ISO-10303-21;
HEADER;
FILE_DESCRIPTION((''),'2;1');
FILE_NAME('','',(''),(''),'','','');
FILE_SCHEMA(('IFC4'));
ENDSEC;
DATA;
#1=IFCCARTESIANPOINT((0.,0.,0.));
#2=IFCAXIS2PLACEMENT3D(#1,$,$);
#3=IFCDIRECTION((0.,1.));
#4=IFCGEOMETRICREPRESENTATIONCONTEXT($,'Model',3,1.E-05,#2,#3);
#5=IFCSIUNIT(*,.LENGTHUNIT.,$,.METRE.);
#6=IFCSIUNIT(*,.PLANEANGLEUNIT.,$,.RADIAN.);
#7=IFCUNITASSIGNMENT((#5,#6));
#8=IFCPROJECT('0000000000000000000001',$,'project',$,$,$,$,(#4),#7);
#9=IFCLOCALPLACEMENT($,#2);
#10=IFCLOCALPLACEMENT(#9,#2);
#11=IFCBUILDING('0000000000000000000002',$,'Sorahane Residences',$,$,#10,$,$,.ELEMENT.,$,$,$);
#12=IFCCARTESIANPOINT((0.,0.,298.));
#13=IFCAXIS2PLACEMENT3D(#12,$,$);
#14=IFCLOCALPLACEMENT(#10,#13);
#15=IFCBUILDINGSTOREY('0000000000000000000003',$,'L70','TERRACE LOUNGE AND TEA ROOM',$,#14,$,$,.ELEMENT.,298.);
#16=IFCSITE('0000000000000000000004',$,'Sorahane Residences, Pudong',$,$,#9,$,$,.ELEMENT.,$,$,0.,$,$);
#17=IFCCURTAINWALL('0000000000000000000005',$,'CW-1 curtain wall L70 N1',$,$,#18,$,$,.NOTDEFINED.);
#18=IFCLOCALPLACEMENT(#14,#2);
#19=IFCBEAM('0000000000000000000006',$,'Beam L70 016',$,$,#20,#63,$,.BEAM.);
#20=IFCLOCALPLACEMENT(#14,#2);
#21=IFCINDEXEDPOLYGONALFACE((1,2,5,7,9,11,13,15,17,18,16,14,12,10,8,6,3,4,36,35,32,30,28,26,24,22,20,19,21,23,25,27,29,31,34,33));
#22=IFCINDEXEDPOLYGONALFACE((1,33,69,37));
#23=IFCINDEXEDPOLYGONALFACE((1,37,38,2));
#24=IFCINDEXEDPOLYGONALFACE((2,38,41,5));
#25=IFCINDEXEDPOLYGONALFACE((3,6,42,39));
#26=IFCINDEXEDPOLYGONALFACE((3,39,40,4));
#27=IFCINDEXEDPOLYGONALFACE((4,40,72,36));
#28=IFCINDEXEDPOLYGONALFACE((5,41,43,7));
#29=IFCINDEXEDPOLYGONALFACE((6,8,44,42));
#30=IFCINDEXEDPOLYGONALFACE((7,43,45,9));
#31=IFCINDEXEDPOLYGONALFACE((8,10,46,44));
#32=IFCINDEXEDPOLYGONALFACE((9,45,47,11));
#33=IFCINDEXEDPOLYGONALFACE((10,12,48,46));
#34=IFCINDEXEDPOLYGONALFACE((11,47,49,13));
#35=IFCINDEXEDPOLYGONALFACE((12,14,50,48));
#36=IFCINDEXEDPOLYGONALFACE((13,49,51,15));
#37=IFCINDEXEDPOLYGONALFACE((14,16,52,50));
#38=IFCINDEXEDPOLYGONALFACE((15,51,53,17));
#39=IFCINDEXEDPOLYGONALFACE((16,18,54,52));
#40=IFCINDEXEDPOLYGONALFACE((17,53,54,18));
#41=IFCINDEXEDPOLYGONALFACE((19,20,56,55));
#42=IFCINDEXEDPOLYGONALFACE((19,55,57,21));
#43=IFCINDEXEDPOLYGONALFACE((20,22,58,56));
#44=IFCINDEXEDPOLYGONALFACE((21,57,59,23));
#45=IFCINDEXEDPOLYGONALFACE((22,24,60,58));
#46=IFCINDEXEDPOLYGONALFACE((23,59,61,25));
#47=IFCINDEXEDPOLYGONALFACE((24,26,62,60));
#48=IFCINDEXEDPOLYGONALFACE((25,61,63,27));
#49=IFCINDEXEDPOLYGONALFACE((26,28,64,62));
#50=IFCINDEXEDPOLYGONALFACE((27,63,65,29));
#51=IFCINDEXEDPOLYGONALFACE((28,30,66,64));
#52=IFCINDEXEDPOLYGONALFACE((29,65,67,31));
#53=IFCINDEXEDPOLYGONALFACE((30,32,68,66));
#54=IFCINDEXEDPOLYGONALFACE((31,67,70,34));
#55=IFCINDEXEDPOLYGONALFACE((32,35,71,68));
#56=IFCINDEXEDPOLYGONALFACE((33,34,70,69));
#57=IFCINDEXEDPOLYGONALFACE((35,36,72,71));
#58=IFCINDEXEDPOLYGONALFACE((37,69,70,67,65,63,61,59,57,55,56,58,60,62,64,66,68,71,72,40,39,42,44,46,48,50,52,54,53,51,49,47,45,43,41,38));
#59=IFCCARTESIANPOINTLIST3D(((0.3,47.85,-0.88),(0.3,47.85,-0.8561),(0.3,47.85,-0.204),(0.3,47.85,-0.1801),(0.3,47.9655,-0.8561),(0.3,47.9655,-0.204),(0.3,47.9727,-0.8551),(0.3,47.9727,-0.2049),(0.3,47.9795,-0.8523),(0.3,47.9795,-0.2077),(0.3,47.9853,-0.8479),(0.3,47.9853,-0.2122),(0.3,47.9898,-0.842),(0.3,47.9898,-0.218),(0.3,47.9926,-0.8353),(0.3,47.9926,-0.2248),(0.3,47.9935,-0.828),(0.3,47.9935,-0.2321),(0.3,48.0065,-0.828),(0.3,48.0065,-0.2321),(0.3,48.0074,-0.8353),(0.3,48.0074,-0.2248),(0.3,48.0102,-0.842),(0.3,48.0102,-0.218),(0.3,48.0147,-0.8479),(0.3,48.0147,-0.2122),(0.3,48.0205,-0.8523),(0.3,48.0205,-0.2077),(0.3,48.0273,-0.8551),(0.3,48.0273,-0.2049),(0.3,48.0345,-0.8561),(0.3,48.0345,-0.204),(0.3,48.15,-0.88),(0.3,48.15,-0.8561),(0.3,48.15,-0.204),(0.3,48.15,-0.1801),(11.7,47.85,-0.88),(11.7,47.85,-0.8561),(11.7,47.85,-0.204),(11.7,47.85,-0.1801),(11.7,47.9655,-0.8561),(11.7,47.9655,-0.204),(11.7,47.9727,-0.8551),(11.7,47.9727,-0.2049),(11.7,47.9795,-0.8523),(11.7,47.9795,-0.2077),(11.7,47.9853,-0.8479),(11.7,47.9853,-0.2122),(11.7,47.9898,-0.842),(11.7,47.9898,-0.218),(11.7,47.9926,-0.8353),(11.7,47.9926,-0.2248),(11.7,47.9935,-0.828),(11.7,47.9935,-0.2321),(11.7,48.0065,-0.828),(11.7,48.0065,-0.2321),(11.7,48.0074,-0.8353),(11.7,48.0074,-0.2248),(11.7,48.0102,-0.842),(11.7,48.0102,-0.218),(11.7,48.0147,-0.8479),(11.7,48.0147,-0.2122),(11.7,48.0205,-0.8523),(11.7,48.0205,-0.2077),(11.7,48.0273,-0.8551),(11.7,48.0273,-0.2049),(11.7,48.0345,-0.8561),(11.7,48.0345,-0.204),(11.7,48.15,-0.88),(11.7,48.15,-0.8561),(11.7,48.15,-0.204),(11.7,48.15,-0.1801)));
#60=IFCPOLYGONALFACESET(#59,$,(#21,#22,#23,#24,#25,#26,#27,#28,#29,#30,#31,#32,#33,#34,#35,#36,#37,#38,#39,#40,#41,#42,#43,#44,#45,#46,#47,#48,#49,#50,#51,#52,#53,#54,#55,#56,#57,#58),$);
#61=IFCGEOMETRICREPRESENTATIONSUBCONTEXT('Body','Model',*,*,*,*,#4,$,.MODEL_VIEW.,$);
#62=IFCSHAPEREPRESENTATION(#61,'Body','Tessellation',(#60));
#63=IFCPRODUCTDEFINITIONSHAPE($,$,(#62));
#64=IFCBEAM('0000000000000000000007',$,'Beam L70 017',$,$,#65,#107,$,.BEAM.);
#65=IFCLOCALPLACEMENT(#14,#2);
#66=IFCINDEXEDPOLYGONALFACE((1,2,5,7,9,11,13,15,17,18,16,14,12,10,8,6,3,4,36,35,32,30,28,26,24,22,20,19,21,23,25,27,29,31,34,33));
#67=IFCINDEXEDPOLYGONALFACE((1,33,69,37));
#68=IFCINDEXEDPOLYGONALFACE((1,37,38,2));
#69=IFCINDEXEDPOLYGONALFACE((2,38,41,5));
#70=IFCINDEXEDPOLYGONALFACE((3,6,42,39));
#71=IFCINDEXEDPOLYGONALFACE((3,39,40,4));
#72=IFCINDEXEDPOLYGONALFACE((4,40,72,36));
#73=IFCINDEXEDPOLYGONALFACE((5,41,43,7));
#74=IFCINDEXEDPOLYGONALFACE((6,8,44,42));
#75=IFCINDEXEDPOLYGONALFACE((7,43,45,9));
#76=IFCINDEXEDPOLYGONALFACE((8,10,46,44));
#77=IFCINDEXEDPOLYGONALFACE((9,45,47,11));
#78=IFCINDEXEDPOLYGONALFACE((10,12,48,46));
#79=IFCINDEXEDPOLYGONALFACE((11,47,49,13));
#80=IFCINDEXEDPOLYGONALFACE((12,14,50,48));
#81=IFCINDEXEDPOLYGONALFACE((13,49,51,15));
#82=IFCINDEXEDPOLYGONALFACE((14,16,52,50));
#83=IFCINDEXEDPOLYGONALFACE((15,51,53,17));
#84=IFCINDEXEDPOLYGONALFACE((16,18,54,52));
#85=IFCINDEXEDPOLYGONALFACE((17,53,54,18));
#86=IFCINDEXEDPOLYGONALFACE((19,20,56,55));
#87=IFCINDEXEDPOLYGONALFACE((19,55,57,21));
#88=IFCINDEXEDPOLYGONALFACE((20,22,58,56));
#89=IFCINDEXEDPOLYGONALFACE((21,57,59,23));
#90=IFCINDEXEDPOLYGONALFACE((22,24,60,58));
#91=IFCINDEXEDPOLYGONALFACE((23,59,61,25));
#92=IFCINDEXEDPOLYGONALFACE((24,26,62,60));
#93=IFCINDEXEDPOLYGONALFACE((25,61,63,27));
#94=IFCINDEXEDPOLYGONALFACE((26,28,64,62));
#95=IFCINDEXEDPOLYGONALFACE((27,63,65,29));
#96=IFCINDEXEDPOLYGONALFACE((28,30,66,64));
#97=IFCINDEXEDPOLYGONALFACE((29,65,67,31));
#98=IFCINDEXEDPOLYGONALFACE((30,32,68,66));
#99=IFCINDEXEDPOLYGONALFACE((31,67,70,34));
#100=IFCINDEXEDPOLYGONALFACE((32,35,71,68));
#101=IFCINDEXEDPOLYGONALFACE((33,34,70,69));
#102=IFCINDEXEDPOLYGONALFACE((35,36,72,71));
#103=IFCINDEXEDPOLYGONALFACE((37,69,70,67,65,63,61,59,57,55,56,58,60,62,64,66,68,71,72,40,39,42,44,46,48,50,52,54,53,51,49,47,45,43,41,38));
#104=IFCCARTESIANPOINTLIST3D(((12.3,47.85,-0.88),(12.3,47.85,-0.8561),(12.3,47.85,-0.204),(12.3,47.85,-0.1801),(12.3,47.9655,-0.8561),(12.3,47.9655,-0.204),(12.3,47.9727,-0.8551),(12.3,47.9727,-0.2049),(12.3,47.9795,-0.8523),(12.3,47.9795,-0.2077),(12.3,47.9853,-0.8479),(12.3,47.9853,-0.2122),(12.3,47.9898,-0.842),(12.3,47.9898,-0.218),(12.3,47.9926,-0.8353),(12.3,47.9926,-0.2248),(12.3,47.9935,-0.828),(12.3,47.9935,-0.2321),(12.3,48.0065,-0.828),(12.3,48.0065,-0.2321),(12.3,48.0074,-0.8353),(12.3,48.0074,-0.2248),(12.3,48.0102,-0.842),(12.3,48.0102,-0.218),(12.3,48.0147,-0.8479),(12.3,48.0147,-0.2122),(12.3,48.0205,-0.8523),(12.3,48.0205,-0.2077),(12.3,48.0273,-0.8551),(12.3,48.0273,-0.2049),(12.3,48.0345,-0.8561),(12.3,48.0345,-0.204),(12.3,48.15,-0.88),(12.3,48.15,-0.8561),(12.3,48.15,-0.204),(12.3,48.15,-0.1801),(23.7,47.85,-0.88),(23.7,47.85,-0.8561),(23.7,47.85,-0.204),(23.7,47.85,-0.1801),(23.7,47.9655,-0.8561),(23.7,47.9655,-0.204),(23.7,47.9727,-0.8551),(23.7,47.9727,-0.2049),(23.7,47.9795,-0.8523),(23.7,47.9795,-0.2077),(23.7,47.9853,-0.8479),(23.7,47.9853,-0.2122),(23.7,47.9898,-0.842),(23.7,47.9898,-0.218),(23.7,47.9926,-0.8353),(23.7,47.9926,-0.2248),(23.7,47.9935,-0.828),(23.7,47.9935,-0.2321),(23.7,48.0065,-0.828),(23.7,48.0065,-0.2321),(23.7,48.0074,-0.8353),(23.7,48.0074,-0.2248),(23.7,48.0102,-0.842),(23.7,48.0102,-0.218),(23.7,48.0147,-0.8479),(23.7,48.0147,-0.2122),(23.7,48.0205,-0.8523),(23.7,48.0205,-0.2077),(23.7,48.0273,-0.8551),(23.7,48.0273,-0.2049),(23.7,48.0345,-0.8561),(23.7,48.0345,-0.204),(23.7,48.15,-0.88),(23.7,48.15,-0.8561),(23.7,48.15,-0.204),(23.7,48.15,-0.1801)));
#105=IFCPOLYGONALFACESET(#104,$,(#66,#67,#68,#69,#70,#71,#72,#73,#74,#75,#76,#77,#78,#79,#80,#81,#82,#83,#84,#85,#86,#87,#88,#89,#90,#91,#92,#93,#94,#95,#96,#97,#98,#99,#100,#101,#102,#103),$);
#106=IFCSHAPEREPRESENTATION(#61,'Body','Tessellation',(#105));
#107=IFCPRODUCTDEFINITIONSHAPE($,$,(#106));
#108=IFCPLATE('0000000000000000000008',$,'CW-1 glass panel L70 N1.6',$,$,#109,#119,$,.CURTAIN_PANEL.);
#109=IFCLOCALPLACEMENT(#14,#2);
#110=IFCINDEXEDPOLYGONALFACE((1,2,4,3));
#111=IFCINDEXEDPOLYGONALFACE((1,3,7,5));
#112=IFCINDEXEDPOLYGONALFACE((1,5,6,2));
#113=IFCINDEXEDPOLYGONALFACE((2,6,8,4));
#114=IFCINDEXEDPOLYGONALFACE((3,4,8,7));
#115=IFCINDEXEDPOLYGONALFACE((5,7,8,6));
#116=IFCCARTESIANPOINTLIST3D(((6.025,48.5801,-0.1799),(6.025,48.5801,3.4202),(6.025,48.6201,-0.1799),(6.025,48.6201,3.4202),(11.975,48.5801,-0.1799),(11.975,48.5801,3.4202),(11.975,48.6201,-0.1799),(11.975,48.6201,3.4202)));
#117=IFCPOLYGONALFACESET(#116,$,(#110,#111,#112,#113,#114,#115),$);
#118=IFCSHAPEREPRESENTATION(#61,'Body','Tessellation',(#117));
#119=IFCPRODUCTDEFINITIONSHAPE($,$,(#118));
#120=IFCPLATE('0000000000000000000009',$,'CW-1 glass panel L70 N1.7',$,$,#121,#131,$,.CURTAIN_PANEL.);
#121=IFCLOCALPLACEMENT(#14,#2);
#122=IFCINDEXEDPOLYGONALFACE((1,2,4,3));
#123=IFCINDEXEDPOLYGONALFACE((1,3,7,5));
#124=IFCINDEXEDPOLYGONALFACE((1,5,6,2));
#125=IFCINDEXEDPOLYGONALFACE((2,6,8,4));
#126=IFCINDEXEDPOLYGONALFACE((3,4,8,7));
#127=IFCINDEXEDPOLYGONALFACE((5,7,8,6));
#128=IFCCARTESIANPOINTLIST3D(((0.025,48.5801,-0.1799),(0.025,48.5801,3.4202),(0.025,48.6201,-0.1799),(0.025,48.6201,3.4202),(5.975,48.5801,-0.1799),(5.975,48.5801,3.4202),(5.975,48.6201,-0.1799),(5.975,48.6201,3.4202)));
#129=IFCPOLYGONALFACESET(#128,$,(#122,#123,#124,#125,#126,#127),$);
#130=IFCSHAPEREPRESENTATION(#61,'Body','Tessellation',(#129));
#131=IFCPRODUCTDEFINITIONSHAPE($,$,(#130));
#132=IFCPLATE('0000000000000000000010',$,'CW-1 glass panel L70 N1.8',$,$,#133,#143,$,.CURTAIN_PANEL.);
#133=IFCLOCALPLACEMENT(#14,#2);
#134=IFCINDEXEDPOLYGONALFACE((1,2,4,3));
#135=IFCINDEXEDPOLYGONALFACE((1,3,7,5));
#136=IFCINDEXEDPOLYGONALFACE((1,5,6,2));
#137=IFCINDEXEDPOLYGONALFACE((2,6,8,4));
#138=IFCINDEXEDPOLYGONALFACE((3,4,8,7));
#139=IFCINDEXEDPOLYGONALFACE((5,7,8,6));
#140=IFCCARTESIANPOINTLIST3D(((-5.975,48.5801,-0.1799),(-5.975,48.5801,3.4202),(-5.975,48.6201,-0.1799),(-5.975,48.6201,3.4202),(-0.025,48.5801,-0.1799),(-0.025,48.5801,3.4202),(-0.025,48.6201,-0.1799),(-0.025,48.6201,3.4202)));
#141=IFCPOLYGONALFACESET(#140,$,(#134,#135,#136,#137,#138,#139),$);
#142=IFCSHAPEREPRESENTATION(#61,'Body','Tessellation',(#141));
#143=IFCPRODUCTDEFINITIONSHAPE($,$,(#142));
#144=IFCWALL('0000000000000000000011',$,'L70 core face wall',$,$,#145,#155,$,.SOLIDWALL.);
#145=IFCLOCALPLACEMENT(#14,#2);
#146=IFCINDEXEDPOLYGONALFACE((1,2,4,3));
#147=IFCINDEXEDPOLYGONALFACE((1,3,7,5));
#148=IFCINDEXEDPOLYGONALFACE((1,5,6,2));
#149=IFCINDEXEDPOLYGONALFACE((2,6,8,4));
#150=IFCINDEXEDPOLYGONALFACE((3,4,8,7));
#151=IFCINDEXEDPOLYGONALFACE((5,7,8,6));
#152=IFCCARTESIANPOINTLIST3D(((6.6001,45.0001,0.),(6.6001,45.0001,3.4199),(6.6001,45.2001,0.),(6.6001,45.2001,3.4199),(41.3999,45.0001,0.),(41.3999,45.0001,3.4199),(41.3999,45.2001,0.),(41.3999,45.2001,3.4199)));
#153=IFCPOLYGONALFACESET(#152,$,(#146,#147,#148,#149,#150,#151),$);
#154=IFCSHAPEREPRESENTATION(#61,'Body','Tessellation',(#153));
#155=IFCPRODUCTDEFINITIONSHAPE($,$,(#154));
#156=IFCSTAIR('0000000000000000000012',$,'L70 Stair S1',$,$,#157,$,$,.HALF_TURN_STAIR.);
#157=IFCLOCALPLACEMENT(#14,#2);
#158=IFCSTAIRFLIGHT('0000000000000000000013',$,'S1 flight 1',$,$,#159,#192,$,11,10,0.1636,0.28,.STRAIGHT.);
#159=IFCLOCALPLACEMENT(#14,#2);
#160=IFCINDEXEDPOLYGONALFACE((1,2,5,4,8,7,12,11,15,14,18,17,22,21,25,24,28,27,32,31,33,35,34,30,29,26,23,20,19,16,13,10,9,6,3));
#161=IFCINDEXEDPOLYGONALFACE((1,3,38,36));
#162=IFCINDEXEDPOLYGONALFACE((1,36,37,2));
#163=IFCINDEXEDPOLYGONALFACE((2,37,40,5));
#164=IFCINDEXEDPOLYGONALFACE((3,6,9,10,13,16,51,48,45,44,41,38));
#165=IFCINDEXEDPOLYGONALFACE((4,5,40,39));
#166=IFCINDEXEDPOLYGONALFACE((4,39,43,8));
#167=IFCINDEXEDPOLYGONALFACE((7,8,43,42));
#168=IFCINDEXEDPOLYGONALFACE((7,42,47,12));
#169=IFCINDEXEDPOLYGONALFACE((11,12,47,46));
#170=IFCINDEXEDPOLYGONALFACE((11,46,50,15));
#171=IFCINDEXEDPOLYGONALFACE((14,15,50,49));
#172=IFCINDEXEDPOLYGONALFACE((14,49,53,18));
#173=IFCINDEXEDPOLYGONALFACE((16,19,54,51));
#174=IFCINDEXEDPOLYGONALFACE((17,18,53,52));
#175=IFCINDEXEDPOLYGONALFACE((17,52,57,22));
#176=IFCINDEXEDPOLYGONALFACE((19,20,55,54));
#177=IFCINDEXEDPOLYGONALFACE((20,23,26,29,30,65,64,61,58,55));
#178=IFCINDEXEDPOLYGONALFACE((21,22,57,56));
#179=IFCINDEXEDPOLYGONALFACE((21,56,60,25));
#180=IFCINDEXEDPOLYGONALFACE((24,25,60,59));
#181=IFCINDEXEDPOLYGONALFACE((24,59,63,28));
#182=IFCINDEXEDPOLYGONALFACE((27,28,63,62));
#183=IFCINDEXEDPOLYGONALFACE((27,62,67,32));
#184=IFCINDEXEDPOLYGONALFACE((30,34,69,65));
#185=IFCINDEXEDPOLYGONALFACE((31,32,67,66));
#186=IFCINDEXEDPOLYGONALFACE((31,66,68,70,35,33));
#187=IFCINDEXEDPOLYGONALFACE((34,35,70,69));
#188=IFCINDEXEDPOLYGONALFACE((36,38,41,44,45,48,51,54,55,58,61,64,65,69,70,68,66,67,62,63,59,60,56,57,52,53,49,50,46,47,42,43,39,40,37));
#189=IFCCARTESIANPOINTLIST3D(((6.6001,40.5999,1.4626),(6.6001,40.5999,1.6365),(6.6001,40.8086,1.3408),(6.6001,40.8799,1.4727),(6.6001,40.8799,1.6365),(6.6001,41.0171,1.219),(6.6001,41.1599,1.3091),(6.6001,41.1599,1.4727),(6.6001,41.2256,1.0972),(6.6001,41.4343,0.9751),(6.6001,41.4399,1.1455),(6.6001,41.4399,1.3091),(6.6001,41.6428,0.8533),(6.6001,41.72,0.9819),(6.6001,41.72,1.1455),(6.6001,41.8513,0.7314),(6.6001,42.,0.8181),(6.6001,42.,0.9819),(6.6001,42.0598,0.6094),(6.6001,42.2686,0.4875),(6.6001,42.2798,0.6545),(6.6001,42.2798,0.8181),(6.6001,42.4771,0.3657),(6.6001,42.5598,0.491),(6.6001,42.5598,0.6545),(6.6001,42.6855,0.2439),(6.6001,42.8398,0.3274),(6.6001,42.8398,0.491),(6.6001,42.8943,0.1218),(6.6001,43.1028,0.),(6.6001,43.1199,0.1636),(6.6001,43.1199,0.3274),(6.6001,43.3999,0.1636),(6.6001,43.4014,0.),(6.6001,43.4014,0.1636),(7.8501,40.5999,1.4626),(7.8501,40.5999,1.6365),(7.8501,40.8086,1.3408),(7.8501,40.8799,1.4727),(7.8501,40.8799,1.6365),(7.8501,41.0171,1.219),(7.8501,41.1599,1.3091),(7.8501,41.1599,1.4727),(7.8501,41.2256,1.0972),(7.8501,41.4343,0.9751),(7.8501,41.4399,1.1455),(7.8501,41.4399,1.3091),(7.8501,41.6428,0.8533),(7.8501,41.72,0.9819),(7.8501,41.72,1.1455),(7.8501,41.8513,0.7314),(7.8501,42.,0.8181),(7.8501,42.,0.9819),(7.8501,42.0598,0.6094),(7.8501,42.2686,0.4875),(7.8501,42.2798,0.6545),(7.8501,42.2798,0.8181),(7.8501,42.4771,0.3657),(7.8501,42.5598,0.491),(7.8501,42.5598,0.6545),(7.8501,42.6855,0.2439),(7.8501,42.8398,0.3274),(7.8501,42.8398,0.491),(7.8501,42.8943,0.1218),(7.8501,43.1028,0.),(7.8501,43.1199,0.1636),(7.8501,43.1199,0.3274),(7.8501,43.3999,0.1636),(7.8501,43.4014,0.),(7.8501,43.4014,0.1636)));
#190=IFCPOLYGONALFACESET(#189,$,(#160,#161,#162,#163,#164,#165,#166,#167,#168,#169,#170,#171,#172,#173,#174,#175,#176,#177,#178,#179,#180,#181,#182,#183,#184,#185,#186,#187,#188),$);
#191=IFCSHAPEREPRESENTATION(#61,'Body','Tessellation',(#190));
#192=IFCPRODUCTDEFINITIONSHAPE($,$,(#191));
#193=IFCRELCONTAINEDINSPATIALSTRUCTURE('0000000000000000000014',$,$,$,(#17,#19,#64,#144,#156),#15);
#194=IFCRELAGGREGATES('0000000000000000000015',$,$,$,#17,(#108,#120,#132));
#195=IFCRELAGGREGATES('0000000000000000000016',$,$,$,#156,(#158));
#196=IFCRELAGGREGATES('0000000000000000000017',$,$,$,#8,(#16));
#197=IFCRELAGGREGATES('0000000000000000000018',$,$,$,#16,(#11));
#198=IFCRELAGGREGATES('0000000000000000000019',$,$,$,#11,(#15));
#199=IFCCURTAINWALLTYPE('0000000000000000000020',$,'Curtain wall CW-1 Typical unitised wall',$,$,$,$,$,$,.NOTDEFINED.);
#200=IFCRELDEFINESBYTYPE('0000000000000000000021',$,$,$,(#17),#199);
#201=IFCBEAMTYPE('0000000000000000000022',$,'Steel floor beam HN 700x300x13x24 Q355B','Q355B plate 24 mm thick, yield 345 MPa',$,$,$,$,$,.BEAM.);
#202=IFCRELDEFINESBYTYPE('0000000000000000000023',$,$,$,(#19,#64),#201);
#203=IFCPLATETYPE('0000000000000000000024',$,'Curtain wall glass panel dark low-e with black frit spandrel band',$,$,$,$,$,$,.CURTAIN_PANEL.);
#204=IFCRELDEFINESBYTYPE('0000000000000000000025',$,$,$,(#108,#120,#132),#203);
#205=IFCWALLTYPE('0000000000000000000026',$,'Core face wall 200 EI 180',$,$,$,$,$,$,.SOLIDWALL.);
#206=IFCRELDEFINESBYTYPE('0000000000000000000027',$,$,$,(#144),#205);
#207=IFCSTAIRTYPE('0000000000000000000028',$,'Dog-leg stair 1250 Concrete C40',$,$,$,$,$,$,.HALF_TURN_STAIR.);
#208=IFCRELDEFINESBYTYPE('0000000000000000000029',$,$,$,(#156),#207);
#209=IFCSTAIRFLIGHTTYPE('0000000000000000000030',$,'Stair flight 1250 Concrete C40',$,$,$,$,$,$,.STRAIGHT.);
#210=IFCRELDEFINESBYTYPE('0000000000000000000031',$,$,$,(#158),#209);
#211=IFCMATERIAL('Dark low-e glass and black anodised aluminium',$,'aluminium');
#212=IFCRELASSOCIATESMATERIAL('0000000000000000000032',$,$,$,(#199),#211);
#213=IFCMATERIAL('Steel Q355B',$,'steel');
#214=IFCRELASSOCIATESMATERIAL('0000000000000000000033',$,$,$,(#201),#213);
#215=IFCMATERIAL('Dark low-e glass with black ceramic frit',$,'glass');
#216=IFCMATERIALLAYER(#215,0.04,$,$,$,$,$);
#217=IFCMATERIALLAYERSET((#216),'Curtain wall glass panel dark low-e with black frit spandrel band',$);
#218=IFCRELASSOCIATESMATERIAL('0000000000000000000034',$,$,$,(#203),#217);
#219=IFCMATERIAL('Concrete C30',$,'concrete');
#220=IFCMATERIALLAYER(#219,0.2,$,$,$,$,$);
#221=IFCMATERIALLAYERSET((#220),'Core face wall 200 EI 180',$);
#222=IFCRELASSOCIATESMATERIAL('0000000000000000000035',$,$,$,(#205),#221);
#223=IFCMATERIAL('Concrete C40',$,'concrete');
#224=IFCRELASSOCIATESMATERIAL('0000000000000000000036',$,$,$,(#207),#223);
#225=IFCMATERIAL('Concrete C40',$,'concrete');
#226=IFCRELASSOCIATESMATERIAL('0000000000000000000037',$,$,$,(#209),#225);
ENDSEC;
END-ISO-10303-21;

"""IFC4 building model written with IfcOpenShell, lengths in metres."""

from ifc_helpers import new_model, si_unit, direction, frame, frame_2d, origin, origin_2d, place, context, subcontext, project, spatial, polyline, rectangle, i_section, outline, extrude, material, layer, layer_set, material_profile, profile_set, type_object, element, aggregate, save


model = new_model("IFC4")

# Units and contexts
model_context = context("Model", 3, precision=1e-05, world=origin(), true_north=direction((0.0, 1.0)))
body_context = subcontext(model_context, "Body", "Model", "MODEL_VIEW")
ifc_project = project(units=[si_unit("LENGTHUNIT", "METRE"), si_unit("PLANEANGLEUNIT", "RADIAN")], contexts=[model_context])

# Site, building, storey
site_placement = place(None, origin())
site = spatial("IfcSite", under=ifc_project, at=site_placement, Name="Sorahane Residences, Pudong", CompositionType="ELEMENT", RefElevation=0.0)
building_placement = place(site_placement, origin())
building = spatial("IfcBuilding", under=site, at=building_placement, Name="Sorahane Residences", CompositionType="ELEMENT")
storey_placement = place(building_placement, frame((0.0, 0.0, 298.0)))
storey = spatial("IfcBuildingStorey", under=building, at=storey_placement, Name="L70", Description="TERRACE LOUNGE AND TEA ROOM", CompositionType="ELEMENT", Elevation=298.0)

# Curtain wall
ifc_material_1 = material(Name="Dark low-e glass and black anodised aluminium", Category="aluminium")
curtain_wall_type = type_object("IfcCurtainWallType", Name="Curtain wall CW-1 Typical unitised wall", PredefinedType="NOTDEFINED", material=ifc_material_1)
curtain_wall_placement = place(storey_placement, origin())
curtain_wall = element("IfcCurtainWall", 1, at=curtain_wall_placement, inside=storey, type_object=curtain_wall_type, Name="CW-1 curtain wall L70 N1", PredefinedType="NOTDEFINED")

# Beams
ifc_material_2 = material(Name="Steel Q355B", Category="steel")
ifc_material_profile_1 = material_profile(ifc_material_2, i_section(OverallWidth=0.3, OverallDepth=0.7, WebThickness=0.0129, FlangeThickness=0.0239, FilletRadius=0.0281, at=origin_2d()), Name="HN 700x300x13x24")
ifc_profile_set_1 = profile_set([ifc_material_profile_1], Name="Steel Q355B")
beam_type_1 = type_object("IfcBeamType", Name="Steel floor beam HN 700x300x13x24 Q355B", Description="Q355B plate 24 mm thick, yield 345 MPa", PredefinedType="BEAM", material=ifc_profile_set_1)
for number, where, z_axis, x_axis, name in (
    (2, (0.3, 48.0, -0.53), (1.0, 0.0, 0.0), (0.0, 1.0, 0.0), "Beam L70 016"),
    (3, (12.3, 48.0, -0.53), (1.0, 0.0, 0.0), (0.0, 1.0, 0.0), "Beam L70 017"),
):
    element("IfcBeam", number, at=place(storey_placement, frame(where, z_axis=z_axis, x_axis=x_axis)), inside=storey, type_object=beam_type_1, Name=name, PredefinedType="BEAM", context=body_context, shape_type="SweptSolid", body=[
        extrude(i_section(OverallWidth=0.3, OverallDepth=0.7, WebThickness=0.0129, FlangeThickness=0.0239, FilletRadius=0.0281, at=origin_2d()), origin(), (0.0, 0.0, 1.0), 11.3999),
    ])

# Plates
ifc_material_3 = material(Name="Dark low-e glass with black ceramic frit", Category="glass")
ifc_layer_1 = layer(ifc_material_3, 0.04)
ifc_layer_set_1 = layer_set([ifc_layer_1], Name="Curtain wall glass panel dark low-e with black frit spandrel band")
plate_type = type_object("IfcPlateType", Name="Curtain wall glass panel dark low-e with black frit spandrel band", PredefinedType="CURTAIN_PANEL", material=ifc_layer_set_1)
plate_1_placement = place(storey_placement, frame((9.0, 48.6001, -0.1799), z_axis=(0.0, 0.0, 1.0), x_axis=(-1.0, 0.0, 0.0)))
plate_1 = element("IfcPlate", 4, at=plate_1_placement, type_object=plate_type, Name="CW-1 glass panel L70 N1.6", PredefinedType="CURTAIN_PANEL", context=body_context, shape_type="SweptSolid", body=[
    extrude(rectangle(XDim=5.95, YDim=0.04, at=origin_2d()), origin(), (0.0, 0.0, 1.0), 3.6001),
])
plate_2_placement = place(storey_placement, frame((3.0, 48.6001, -0.1799), z_axis=(0.0, 0.0, 1.0), x_axis=(-1.0, 0.0, 0.0)))
plate_2 = element("IfcPlate", 5, at=plate_2_placement, type_object=plate_type, Name="CW-1 glass panel L70 N1.7", PredefinedType="CURTAIN_PANEL", context=body_context, shape_type="SweptSolid", body=[
    extrude(rectangle(XDim=5.95, YDim=0.04, at=origin_2d()), origin(), (0.0, 0.0, 1.0), 3.6001),
])
plate_3_placement = place(storey_placement, frame((-3.0, 48.6001, -0.1799), z_axis=(0.0, 0.0, 1.0), x_axis=(-1.0, 0.0, 0.0)))
plate_3 = element("IfcPlate", 6, at=plate_3_placement, type_object=plate_type, Name="CW-1 glass panel L70 N1.8", PredefinedType="CURTAIN_PANEL", context=body_context, shape_type="SweptSolid", body=[
    extrude(rectangle(XDim=5.95, YDim=0.04, at=origin_2d()), origin(), (0.0, 0.0, 1.0), 3.6001),
])
aggregate(curtain_wall, [plate_1, plate_2, plate_3])

# Wall
ifc_material_4 = material(Name="Concrete C30", Category="concrete")
ifc_layer_2 = layer(ifc_material_4, 0.2)
ifc_layer_set_2 = layer_set([ifc_layer_2], Name="Core face wall 200 EI 180")
wall_type = type_object("IfcWallType", Name="Core face wall 200 EI 180", PredefinedType="SOLIDWALL", material=ifc_layer_set_2)
wall_placement = place(storey_placement, frame((6.6001, 45.1001, 0.0), z_axis=(0.0, 0.0, 1.0), x_axis=(1.0, 0.0, 0.0)))
element("IfcWall", 7, at=wall_placement, inside=storey, type_object=wall_type, Name="L70 core face wall", PredefinedType="SOLIDWALL", context=body_context, shape_type="SweptSolid", body=[
    extrude(rectangle(XDim=34.7998, YDim=0.2, at=frame_2d((17.3999, 0.0))), origin(), (0.0, 0.0, 1.0), 3.4199),
])

# Stair, stair flight
ifc_material_5 = material(Name="Concrete C40", Category="concrete")
stair_type = type_object("IfcStairType", Name="Dog-leg stair 1250 Concrete C40", PredefinedType="HALF_TURN_STAIR", material=ifc_material_5)
stair_placement = place(storey_placement, origin())
stair = element("IfcStair", 8, at=stair_placement, inside=storey, type_object=stair_type, Name="L70 Stair S1", PredefinedType="HALF_TURN_STAIR")
ifc_material_6 = material(Name="Concrete C40", Category="concrete")
stair_flight_type = type_object("IfcStairFlightType", Name="Stair flight 1250 Concrete C40", PredefinedType="STRAIGHT", material=ifc_material_6)
stair_flight_1_placement = place(storey_placement, frame((7.2251, 43.3999, 0.0), z_axis=(0.0, 0.0, 1.0), x_axis=(0.0, -1.0, 0.0)))
stair_flight_1 = element("IfcStairFlight", 9, at=stair_flight_1_placement, type_object=stair_flight_type, Name="S1 flight 1", NumberOfRisers=11, NumberOfTreads=10, PredefinedType="STRAIGHT", RiserHeight=0.1636, TreadLength=0.28, context=body_context, shape_type="SweptSolid", body=[
    extrude(outline(polyline([(-0.0015, 0.0), (-0.0015, 0.1636), (0.0, 0.1636), (0.28, 0.1636), (0.28, 0.3274), (0.5601, 0.3274), (0.5601, 0.491), (0.8401, 0.491), (0.8401, 0.6545), (1.1201, 0.6545), (1.1201, 0.8181), (1.3999, 0.8181), (1.3999, 0.9819), (1.6799, 0.9819), (1.6799, 1.1455), (1.96, 1.1455), (1.96, 1.3091), (2.24, 1.3091), (2.24, 1.4727), (2.52, 1.4727), (2.52, 1.6365), (2.8, 1.6365), (2.8, 1.8), (2.8, 1.4626), (2.5913, 1.3408), (2.3828, 1.219), (2.1743, 1.0972), (1.9656, 0.9751), (1.7571, 0.8533), (1.5486, 0.7314), (1.3401, 0.6094), (1.1313, 0.4875), (0.9229, 0.3657), (0.7144, 0.2439), (0.5056, 0.1218), (0.2971, 0.0), (-0.0015, 0.0)])), frame((0.0, 0.625, 0.0), z_axis=(0.0, -1.0, 0.0), x_axis=(1.0, 0.0, 0.0)), (0.0, 0.0, 1.0), 1.25),
])
aggregate(stair, [stair_flight_1])

save(model, "model.ifc")
